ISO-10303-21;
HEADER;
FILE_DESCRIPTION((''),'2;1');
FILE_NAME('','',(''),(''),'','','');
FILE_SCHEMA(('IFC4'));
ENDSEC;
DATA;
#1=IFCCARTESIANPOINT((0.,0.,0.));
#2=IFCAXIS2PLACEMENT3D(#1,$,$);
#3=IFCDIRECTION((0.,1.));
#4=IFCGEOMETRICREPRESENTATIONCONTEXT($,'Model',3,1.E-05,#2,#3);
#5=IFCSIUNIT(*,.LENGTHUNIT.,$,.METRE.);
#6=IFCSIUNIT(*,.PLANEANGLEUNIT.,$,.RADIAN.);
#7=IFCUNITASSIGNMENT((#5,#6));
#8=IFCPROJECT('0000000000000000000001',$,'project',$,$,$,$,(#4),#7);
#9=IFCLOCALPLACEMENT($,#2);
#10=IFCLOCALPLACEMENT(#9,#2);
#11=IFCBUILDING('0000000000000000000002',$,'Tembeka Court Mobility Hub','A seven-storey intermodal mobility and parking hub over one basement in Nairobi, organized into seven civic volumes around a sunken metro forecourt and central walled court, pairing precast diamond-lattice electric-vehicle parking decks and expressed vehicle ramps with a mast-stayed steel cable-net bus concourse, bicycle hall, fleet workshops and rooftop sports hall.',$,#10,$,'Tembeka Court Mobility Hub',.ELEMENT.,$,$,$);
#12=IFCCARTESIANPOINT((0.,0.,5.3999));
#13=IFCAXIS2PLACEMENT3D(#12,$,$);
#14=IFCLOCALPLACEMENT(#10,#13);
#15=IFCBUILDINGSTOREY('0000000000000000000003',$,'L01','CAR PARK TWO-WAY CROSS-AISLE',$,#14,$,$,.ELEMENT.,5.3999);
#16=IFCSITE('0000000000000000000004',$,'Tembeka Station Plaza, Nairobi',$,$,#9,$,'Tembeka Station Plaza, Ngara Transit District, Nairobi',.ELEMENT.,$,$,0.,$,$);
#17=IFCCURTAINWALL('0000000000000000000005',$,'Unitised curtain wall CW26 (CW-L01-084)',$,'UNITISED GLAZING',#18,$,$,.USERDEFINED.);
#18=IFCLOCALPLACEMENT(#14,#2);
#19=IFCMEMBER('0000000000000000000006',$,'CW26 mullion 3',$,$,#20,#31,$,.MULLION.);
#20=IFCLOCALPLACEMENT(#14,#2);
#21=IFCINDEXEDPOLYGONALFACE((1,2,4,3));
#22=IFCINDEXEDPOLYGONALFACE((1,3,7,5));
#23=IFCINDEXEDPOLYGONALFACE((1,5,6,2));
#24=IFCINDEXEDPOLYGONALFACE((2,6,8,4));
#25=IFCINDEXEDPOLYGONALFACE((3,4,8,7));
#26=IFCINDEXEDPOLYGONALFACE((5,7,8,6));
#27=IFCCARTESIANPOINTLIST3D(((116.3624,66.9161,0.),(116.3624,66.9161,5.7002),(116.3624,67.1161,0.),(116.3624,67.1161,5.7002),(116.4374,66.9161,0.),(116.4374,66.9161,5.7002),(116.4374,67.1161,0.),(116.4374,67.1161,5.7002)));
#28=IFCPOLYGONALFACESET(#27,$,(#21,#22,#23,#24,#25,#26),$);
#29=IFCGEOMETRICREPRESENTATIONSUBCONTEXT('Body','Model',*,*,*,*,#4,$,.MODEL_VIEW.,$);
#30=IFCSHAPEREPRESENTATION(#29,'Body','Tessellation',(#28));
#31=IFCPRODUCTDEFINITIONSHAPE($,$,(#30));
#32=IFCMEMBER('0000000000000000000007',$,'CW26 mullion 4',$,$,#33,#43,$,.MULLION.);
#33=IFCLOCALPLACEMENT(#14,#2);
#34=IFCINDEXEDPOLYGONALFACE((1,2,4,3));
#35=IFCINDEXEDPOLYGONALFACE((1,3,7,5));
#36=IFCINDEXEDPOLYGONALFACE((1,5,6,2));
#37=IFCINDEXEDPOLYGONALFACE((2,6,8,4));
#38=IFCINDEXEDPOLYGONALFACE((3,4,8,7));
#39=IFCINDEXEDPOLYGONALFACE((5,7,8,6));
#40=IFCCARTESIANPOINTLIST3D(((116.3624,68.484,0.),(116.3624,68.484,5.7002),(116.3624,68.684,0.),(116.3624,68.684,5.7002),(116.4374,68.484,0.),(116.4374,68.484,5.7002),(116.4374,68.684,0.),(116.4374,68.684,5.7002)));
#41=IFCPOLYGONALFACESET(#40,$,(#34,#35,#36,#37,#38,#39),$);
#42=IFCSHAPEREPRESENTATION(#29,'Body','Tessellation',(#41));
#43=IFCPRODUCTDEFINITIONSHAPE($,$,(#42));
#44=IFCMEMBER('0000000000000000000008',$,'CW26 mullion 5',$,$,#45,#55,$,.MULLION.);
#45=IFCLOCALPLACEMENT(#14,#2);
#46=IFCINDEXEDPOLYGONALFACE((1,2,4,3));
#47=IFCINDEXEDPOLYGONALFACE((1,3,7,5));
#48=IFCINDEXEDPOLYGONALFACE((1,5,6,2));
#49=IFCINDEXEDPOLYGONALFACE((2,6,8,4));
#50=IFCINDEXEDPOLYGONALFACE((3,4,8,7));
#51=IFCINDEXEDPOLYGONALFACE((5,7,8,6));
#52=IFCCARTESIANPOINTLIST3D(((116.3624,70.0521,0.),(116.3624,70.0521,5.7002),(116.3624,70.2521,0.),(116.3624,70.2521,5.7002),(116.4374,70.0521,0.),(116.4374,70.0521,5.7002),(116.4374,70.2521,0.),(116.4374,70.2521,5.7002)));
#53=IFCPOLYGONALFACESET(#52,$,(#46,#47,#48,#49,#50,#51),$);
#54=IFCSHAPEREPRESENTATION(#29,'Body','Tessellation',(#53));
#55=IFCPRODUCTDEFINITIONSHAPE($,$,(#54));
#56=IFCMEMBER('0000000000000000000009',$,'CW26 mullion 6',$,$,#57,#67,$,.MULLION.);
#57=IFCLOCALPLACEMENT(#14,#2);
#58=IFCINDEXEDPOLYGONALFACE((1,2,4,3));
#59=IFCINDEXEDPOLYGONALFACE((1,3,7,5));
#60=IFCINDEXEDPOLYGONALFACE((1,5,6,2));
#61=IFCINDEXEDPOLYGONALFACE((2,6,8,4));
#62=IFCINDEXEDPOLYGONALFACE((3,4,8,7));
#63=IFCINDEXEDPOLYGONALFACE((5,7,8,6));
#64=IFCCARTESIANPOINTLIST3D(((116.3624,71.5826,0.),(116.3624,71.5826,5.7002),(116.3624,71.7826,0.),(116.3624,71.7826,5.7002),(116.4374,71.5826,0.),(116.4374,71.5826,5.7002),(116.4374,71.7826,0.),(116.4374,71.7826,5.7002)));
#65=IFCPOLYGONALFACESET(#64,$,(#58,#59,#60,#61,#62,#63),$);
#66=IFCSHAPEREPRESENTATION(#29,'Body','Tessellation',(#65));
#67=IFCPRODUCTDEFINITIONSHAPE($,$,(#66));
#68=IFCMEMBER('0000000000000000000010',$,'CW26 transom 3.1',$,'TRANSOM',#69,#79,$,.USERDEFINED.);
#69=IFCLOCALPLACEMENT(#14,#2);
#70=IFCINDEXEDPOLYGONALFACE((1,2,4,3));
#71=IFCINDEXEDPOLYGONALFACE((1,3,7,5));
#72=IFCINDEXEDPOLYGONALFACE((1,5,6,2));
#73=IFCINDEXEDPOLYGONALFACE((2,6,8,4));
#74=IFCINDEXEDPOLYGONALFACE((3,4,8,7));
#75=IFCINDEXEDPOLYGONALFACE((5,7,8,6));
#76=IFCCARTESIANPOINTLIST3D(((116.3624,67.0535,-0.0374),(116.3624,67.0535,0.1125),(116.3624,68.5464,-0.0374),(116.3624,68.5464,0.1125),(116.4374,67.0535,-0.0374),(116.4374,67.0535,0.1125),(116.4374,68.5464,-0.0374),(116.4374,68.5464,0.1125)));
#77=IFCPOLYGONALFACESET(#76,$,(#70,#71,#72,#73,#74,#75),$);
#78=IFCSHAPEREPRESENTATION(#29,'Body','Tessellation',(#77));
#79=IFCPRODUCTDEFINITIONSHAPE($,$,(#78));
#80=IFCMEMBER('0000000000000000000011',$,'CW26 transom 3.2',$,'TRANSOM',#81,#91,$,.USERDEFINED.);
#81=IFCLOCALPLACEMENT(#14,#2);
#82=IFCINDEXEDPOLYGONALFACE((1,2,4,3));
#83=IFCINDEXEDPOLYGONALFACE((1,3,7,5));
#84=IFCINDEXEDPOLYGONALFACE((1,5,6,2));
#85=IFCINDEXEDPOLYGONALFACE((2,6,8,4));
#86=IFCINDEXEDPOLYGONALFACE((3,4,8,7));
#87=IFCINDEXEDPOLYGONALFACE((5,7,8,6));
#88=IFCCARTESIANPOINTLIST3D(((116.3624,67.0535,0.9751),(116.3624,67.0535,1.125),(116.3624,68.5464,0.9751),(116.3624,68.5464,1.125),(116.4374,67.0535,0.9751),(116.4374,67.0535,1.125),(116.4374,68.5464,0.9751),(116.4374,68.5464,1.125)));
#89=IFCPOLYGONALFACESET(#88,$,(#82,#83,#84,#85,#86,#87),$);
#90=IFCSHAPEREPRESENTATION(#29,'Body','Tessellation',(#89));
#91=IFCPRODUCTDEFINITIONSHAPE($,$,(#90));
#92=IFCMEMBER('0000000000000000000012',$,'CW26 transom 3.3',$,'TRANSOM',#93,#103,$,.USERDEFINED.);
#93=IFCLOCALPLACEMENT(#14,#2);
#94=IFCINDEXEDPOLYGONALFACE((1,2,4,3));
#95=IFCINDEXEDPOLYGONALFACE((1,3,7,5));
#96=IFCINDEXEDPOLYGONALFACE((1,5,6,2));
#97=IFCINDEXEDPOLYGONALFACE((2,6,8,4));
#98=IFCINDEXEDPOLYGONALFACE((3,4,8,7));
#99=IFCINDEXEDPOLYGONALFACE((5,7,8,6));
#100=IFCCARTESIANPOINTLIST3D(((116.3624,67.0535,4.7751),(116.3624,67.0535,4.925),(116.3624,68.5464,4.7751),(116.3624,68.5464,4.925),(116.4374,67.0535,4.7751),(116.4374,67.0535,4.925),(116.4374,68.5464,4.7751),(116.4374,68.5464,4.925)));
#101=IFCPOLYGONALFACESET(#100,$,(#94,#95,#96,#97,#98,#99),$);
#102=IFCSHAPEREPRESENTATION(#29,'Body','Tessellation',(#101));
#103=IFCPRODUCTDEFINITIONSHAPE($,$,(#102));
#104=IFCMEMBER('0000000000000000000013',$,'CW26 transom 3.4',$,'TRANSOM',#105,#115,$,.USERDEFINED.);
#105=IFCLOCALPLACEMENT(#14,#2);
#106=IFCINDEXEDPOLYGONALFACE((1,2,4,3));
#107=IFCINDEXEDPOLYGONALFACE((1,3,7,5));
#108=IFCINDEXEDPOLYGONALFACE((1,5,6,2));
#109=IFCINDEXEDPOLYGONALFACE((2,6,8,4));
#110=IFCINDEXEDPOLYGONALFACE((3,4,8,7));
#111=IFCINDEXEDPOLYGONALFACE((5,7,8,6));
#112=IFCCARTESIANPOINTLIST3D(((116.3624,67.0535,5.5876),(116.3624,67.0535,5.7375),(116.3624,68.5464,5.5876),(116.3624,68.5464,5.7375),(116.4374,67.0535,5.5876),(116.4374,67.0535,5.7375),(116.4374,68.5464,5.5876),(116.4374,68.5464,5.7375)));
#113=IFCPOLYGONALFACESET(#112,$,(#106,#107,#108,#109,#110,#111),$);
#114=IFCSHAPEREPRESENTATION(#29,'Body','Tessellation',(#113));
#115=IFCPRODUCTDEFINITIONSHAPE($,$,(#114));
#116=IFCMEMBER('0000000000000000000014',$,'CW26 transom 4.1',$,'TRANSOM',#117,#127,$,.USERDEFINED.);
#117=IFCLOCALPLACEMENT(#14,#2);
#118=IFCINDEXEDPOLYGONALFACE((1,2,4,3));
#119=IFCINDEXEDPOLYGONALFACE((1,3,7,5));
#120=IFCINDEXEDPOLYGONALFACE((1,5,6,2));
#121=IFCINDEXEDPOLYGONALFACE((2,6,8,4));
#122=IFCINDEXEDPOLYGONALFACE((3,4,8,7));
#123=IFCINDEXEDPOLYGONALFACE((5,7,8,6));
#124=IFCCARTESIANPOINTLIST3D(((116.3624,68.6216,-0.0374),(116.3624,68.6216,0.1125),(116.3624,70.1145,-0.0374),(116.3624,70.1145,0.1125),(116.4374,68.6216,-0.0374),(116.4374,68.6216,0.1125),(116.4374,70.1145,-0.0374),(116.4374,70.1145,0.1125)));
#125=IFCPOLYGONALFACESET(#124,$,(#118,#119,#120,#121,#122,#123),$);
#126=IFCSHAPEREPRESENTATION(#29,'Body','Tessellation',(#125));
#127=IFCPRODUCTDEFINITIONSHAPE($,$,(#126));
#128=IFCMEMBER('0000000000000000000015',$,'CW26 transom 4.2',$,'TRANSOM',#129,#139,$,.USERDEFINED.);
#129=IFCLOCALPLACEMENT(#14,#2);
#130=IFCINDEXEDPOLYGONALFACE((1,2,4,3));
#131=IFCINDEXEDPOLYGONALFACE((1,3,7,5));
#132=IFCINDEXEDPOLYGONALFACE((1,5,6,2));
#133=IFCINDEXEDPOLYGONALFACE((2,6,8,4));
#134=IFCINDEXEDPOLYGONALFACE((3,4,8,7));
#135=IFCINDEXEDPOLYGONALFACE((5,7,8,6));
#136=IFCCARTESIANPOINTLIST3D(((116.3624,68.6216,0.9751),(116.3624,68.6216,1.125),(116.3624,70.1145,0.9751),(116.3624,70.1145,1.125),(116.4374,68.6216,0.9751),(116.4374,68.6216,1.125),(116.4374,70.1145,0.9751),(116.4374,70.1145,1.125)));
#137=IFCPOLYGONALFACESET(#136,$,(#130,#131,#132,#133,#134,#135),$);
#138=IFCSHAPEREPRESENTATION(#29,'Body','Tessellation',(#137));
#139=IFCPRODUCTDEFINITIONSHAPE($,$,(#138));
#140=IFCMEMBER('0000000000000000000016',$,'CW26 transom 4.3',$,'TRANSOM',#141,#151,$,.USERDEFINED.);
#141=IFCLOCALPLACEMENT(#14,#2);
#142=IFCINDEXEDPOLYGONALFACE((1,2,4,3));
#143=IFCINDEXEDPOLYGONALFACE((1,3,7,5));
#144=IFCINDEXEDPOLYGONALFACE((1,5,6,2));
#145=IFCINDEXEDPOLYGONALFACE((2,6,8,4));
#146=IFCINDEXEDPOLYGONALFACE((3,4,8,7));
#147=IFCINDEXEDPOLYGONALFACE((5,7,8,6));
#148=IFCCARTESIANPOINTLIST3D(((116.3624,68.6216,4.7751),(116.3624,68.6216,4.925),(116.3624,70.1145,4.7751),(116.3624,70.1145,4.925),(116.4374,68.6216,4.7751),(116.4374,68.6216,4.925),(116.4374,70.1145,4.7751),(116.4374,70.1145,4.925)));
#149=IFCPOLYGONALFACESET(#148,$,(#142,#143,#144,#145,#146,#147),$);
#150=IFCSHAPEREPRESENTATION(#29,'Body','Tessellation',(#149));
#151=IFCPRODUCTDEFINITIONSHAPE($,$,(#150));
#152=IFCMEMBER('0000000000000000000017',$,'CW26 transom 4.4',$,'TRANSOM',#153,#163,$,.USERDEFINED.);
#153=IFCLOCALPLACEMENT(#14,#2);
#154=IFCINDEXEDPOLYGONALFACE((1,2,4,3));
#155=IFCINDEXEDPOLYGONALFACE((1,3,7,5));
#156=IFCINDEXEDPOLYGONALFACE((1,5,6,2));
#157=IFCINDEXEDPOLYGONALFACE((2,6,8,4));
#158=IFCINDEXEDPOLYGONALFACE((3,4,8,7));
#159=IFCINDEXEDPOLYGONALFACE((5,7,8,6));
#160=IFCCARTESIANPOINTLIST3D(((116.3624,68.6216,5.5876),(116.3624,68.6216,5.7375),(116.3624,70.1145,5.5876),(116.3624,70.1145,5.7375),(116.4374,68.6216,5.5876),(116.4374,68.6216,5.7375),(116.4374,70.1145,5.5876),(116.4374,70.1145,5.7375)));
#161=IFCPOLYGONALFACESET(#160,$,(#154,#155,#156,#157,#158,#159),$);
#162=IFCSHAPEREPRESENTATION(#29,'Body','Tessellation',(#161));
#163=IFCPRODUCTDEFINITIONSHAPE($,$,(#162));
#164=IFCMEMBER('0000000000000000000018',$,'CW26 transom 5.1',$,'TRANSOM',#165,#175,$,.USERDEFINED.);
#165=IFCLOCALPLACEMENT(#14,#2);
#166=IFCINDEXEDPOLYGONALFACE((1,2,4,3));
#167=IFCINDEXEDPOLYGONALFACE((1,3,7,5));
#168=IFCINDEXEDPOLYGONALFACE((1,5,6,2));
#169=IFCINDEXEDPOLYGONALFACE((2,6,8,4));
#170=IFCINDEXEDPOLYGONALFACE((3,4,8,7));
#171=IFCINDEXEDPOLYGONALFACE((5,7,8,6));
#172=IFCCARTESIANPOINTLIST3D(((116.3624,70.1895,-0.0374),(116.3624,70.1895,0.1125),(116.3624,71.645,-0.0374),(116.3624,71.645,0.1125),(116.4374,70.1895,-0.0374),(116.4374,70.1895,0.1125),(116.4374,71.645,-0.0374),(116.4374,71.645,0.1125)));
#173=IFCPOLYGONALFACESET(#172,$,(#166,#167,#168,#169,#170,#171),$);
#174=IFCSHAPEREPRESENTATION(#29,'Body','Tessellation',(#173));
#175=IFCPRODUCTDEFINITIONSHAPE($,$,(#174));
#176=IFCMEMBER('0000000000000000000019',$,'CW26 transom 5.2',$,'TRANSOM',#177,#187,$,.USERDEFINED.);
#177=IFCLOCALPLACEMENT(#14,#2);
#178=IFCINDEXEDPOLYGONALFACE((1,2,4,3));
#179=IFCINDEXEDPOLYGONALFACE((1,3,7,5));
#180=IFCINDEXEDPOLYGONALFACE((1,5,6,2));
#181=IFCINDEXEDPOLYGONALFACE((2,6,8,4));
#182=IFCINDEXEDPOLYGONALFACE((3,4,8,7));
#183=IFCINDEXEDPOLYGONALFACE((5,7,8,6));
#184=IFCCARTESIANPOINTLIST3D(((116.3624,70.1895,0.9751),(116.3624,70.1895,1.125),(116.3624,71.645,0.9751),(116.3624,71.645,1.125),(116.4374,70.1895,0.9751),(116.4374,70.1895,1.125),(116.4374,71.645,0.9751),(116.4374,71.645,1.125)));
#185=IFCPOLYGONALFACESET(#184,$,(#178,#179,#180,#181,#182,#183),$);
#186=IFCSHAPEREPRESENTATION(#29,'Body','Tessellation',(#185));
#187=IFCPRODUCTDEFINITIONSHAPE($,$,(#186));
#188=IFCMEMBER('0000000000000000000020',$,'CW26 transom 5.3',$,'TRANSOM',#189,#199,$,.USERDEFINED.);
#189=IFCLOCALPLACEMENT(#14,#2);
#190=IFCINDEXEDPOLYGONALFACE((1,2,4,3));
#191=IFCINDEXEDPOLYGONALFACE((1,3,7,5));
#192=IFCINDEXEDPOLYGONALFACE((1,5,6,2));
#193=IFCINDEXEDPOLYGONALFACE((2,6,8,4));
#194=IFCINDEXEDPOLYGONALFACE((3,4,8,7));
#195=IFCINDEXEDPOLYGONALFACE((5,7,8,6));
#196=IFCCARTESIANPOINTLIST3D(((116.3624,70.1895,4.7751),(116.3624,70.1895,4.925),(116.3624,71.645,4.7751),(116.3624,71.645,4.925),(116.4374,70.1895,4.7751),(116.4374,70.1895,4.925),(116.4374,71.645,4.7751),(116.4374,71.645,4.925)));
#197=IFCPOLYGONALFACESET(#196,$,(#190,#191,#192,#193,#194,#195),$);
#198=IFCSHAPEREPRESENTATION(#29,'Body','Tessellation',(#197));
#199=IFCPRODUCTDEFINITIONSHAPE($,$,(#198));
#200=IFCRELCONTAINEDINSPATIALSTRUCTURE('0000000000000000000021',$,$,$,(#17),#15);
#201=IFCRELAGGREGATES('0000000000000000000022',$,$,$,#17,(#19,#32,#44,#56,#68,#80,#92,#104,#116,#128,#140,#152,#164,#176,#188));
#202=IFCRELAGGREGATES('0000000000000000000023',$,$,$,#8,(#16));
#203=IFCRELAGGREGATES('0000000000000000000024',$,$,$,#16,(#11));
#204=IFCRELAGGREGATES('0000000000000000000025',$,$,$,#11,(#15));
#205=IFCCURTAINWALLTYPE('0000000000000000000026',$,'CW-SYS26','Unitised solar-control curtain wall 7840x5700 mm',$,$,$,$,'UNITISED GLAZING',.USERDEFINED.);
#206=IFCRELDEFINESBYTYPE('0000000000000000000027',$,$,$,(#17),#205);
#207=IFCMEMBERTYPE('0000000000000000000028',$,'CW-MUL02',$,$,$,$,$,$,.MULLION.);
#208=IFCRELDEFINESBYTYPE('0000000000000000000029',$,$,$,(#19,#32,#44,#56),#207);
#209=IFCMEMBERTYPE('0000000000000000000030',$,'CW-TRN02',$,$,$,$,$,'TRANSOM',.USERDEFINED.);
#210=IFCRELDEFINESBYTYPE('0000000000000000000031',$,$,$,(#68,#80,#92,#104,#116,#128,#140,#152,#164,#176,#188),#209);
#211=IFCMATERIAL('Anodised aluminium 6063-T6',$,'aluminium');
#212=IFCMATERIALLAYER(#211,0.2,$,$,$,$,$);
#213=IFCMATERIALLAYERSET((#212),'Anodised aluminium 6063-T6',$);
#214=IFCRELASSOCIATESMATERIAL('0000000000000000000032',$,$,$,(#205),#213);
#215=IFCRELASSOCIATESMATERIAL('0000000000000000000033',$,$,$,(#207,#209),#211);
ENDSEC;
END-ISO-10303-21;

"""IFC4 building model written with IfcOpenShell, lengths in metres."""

from ifc_helpers import new_model, si_unit, direction, frame, origin, origin_2d, place, context, subcontext, project, spatial, rectangle, extrude, material, layer, layer_set, material_profile, profile_set, type_object, element, aggregate, save


model = new_model("IFC4")

# Units and contexts
model_context = context("Model", 3, precision=1e-05, world=origin(), true_north=direction((0.0, 1.0)))
body_context = subcontext(model_context, "Body", "Model", "MODEL_VIEW")
ifc_project = project(units=[si_unit("LENGTHUNIT", "METRE"), si_unit("PLANEANGLEUNIT", "RADIAN")], contexts=[model_context])

# Site, building, storey
site_placement = place(None, origin())
site = spatial("IfcSite", under=ifc_project, at=site_placement, Name="Tembeka Station Plaza, Nairobi", LongName="Tembeka Station Plaza, Ngara Transit District, Nairobi", CompositionType="ELEMENT", RefElevation=0.0)
building_placement = place(site_placement, origin())
building = spatial("IfcBuilding", under=site, at=building_placement, Name="Tembeka Court Mobility Hub", Description="A seven-storey intermodal mobility and parking hub over one basement in Nairobi, organized into seven civic volumes around a sunken metro forecourt and central walled court, pairing precast diamond-lattice electric-vehicle parking decks and expressed vehicle ramps with a mast-stayed steel cable-net bus concourse, bicycle hall, fleet workshops and rooftop sports hall.", LongName="Tembeka Court Mobility Hub", CompositionType="ELEMENT")
storey_placement = place(building_placement, frame((0.0, 0.0, 5.3999)))
storey = spatial("IfcBuildingStorey", under=building, at=storey_placement, Name="L01", Description="CAR PARK TWO-WAY CROSS-AISLE", CompositionType="ELEMENT", Elevation=5.3999)

# Curtain wall, members
ifc_material_1 = material(Name="Anodised aluminium 6063-T6", Category="aluminium")
ifc_layer_1 = layer(ifc_material_1, 0.2)
ifc_layer_set_1 = layer_set([ifc_layer_1], Name="Anodised aluminium 6063-T6")
curtain_wall_type = type_object("IfcCurtainWallType", Name="CW-SYS26", Description="Unitised solar-control curtain wall 7840x5700 mm", ElementType="UNITISED GLAZING", PredefinedType="USERDEFINED", material=ifc_layer_set_1)
curtain_wall_placement = place(storey_placement, origin())
curtain_wall = element("IfcCurtainWall", 1, at=curtain_wall_placement, inside=storey, type_object=curtain_wall_type, Name="Unitised curtain wall CW26 (CW-L01-084)", ObjectType="UNITISED GLAZING", PredefinedType="USERDEFINED")
ifc_material_profile_1 = material_profile(ifc_material_1, rectangle(XDim=0.075, YDim=0.2, at=origin_2d()), Name="ALU-MUL 75x200")
ifc_profile_set_1 = profile_set([ifc_material_profile_1], Name="Anodised aluminium 6063-T6")
member_type_1 = type_object("IfcMemberType", Name="CW-MUL02", PredefinedType="MULLION", material=ifc_profile_set_1)
member_1_placement = place(storey_placement, frame((116.3999, 67.0161, 0.0), z_axis=(0.0, 0.0, 1.0), x_axis=(-1.0, 0.0, 0.0)))
member_1 = element("IfcMember", 2, at=member_1_placement, type_object=member_type_1, Name="CW26 mullion 3", PredefinedType="MULLION", context=body_context, shape_type="SweptSolid", body=[
    extrude(rectangle(XDim=0.075, YDim=0.2, at=origin_2d()), origin(), (0.0, 0.0, 1.0), 5.7002),
])
member_2_placement = place(storey_placement, frame((116.3999, 68.584, 0.0), z_axis=(0.0, 0.0, 1.0), x_axis=(-1.0, 0.0, 0.0)))
member_2 = element("IfcMember", 3, at=member_2_placement, type_object=member_type_1, Name="CW26 mullion 4", PredefinedType="MULLION", context=body_context, shape_type="SweptSolid", body=[
    extrude(rectangle(XDim=0.075, YDim=0.2, at=origin_2d()), origin(), (0.0, 0.0, 1.0), 5.7002),
])
member_3_placement = place(storey_placement, frame((116.3999, 70.1521, 0.0), z_axis=(0.0, 0.0, 1.0), x_axis=(-1.0, 0.0, 0.0)))
member_3 = element("IfcMember", 4, at=member_3_placement, type_object=member_type_1, Name="CW26 mullion 5", PredefinedType="MULLION", context=body_context, shape_type="SweptSolid", body=[
    extrude(rectangle(XDim=0.075, YDim=0.2, at=origin_2d()), origin(), (0.0, 0.0, 1.0), 5.7002),
])
member_4_placement = place(storey_placement, frame((116.3999, 71.6826, 0.0), z_axis=(0.0, 0.0, 1.0), x_axis=(-1.0, 0.0, 0.0)))
member_4 = element("IfcMember", 5, at=member_4_placement, type_object=member_type_1, Name="CW26 mullion 6", PredefinedType="MULLION", context=body_context, shape_type="SweptSolid", body=[
    extrude(rectangle(XDim=0.075, YDim=0.2, at=origin_2d()), origin(), (0.0, 0.0, 1.0), 5.7002),
])
ifc_material_profile_2 = material_profile(ifc_material_1, rectangle(XDim=0.075, YDim=0.1499, at=origin_2d()), Name="ALU-TRN 75x150")
ifc_profile_set_2 = profile_set([ifc_material_profile_2], Name="Anodised aluminium 6063-T6")
member_type_2 = type_object("IfcMemberType", Name="CW-TRN02", ElementType="TRANSOM", PredefinedType="USERDEFINED", material=ifc_profile_set_2)
member_5_placement = place(storey_placement, frame((116.3999, 67.0535, 0.0376), z_axis=(0.0, 1.0, 0.0), x_axis=(-1.0, 0.0, 0.0)))
member_5 = element("IfcMember", 6, at=member_5_placement, type_object=member_type_2, Name="CW26 transom 3.1", ObjectType="TRANSOM", PredefinedType="USERDEFINED", context=body_context, shape_type="SweptSolid", body=[
    extrude(rectangle(XDim=0.075, YDim=0.1499, at=origin_2d()), origin(), (0.0, 0.0, 1.0), 1.4929),
])
member_6_placement = place(storey_placement, frame((116.3999, 67.0535, 1.05), z_axis=(0.0, 1.0, 0.0), x_axis=(-1.0, 0.0, 0.0)))
member_6 = element("IfcMember", 7, at=member_6_placement, type_object=member_type_2, Name="CW26 transom 3.2", ObjectType="TRANSOM", PredefinedType="USERDEFINED", context=body_context, shape_type="SweptSolid", body=[
    extrude(rectangle(XDim=0.075, YDim=0.1499, at=origin_2d()), origin(), (0.0, 0.0, 1.0), 1.4929),
])
member_7_placement = place(storey_placement, frame((116.3999, 67.0535, 4.8501), z_axis=(0.0, 1.0, 0.0), x_axis=(-1.0, 0.0, 0.0)))
member_7 = element("IfcMember", 8, at=member_7_placement, type_object=member_type_2, Name="CW26 transom 3.3", ObjectType="TRANSOM", PredefinedType="USERDEFINED", context=body_context, shape_type="SweptSolid", body=[
    extrude(rectangle(XDim=0.075, YDim=0.1499, at=origin_2d()), origin(), (0.0, 0.0, 1.0), 1.4929),
])
member_8_placement = place(storey_placement, frame((116.3999, 67.0535, 5.6626), z_axis=(0.0, 1.0, 0.0), x_axis=(-1.0, 0.0, 0.0)))
member_8 = element("IfcMember", 9, at=member_8_placement, type_object=member_type_2, Name="CW26 transom 3.4", ObjectType="TRANSOM", PredefinedType="USERDEFINED", context=body_context, shape_type="SweptSolid", body=[
    extrude(rectangle(XDim=0.075, YDim=0.1499, at=origin_2d()), origin(), (0.0, 0.0, 1.0), 1.4929),
])
member_9_placement = place(storey_placement, frame((116.3999, 68.6216, 0.0376), z_axis=(0.0, 1.0, 0.0), x_axis=(-1.0, 0.0, 0.0)))
member_9 = element("IfcMember", 10, at=member_9_placement, type_object=member_type_2, Name="CW26 transom 4.1", ObjectType="TRANSOM", PredefinedType="USERDEFINED", context=body_context, shape_type="SweptSolid", body=[
    extrude(rectangle(XDim=0.075, YDim=0.1499, at=origin_2d()), origin(), (0.0, 0.0, 1.0), 1.4929),
])
member_10_placement = place(storey_placement, frame((116.3999, 68.6216, 1.05), z_axis=(0.0, 1.0, 0.0), x_axis=(-1.0, 0.0, 0.0)))
member_10 = element("IfcMember", 11, at=member_10_placement, type_object=member_type_2, Name="CW26 transom 4.2", ObjectType="TRANSOM", PredefinedType="USERDEFINED", context=body_context, shape_type="SweptSolid", body=[
    extrude(rectangle(XDim=0.075, YDim=0.1499, at=origin_2d()), origin(), (0.0, 0.0, 1.0), 1.4929),
])
member_11_placement = place(storey_placement, frame((116.3999, 68.6216, 4.8501), z_axis=(0.0, 1.0, 0.0), x_axis=(-1.0, 0.0, 0.0)))
member_11 = element("IfcMember", 12, at=member_11_placement, type_object=member_type_2, Name="CW26 transom 4.3", ObjectType="TRANSOM", PredefinedType="USERDEFINED", context=body_context, shape_type="SweptSolid", body=[
    extrude(rectangle(XDim=0.075, YDim=0.1499, at=origin_2d()), origin(), (0.0, 0.0, 1.0), 1.4929),
])
member_12_placement = place(storey_placement, frame((116.3999, 68.6216, 5.6626), z_axis=(0.0, 1.0, 0.0), x_axis=(-1.0, 0.0, 0.0)))
member_12 = element("IfcMember", 13, at=member_12_placement, type_object=member_type_2, Name="CW26 transom 4.4", ObjectType="TRANSOM", PredefinedType="USERDEFINED", context=body_context, shape_type="SweptSolid", body=[
    extrude(rectangle(XDim=0.075, YDim=0.1499, at=origin_2d()), origin(), (0.0, 0.0, 1.0), 1.4929),
])
member_13_placement = place(storey_placement, frame((116.3999, 70.1895, 0.0376), z_axis=(0.0, 1.0, 0.0), x_axis=(-1.0, 0.0, 0.0)))
member_13 = element("IfcMember", 14, at=member_13_placement, type_object=member_type_2, Name="CW26 transom 5.1", ObjectType="TRANSOM", PredefinedType="USERDEFINED", context=body_context, shape_type="SweptSolid", body=[
    extrude(rectangle(XDim=0.075, YDim=0.1499, at=origin_2d()), origin(), (0.0, 0.0, 1.0), 1.4556),
])
member_14_placement = place(storey_placement, frame((116.3999, 70.1895, 1.05), z_axis=(0.0, 1.0, 0.0), x_axis=(-1.0, 0.0, 0.0)))
member_14 = element("IfcMember", 15, at=member_14_placement, type_object=member_type_2, Name="CW26 transom 5.2", ObjectType="TRANSOM", PredefinedType="USERDEFINED", context=body_context, shape_type="SweptSolid", body=[
    extrude(rectangle(XDim=0.075, YDim=0.1499, at=origin_2d()), origin(), (0.0, 0.0, 1.0), 1.4556),
])
member_15_placement = place(storey_placement, frame((116.3999, 70.1895, 4.8501), z_axis=(0.0, 1.0, 0.0), x_axis=(-1.0, 0.0, 0.0)))
member_15 = element("IfcMember", 16, at=member_15_placement, type_object=member_type_2, Name="CW26 transom 5.3", ObjectType="TRANSOM", PredefinedType="USERDEFINED", context=body_context, shape_type="SweptSolid", body=[
    extrude(rectangle(XDim=0.075, YDim=0.1499, at=origin_2d()), origin(), (0.0, 0.0, 1.0), 1.4556),
])
aggregate(curtain_wall, [member_1, member_2, member_3, member_4, member_5, member_6, member_7, member_8, member_9, member_10, member_11, member_12, member_13, member_14, member_15])

save(model, "model.ifc")
